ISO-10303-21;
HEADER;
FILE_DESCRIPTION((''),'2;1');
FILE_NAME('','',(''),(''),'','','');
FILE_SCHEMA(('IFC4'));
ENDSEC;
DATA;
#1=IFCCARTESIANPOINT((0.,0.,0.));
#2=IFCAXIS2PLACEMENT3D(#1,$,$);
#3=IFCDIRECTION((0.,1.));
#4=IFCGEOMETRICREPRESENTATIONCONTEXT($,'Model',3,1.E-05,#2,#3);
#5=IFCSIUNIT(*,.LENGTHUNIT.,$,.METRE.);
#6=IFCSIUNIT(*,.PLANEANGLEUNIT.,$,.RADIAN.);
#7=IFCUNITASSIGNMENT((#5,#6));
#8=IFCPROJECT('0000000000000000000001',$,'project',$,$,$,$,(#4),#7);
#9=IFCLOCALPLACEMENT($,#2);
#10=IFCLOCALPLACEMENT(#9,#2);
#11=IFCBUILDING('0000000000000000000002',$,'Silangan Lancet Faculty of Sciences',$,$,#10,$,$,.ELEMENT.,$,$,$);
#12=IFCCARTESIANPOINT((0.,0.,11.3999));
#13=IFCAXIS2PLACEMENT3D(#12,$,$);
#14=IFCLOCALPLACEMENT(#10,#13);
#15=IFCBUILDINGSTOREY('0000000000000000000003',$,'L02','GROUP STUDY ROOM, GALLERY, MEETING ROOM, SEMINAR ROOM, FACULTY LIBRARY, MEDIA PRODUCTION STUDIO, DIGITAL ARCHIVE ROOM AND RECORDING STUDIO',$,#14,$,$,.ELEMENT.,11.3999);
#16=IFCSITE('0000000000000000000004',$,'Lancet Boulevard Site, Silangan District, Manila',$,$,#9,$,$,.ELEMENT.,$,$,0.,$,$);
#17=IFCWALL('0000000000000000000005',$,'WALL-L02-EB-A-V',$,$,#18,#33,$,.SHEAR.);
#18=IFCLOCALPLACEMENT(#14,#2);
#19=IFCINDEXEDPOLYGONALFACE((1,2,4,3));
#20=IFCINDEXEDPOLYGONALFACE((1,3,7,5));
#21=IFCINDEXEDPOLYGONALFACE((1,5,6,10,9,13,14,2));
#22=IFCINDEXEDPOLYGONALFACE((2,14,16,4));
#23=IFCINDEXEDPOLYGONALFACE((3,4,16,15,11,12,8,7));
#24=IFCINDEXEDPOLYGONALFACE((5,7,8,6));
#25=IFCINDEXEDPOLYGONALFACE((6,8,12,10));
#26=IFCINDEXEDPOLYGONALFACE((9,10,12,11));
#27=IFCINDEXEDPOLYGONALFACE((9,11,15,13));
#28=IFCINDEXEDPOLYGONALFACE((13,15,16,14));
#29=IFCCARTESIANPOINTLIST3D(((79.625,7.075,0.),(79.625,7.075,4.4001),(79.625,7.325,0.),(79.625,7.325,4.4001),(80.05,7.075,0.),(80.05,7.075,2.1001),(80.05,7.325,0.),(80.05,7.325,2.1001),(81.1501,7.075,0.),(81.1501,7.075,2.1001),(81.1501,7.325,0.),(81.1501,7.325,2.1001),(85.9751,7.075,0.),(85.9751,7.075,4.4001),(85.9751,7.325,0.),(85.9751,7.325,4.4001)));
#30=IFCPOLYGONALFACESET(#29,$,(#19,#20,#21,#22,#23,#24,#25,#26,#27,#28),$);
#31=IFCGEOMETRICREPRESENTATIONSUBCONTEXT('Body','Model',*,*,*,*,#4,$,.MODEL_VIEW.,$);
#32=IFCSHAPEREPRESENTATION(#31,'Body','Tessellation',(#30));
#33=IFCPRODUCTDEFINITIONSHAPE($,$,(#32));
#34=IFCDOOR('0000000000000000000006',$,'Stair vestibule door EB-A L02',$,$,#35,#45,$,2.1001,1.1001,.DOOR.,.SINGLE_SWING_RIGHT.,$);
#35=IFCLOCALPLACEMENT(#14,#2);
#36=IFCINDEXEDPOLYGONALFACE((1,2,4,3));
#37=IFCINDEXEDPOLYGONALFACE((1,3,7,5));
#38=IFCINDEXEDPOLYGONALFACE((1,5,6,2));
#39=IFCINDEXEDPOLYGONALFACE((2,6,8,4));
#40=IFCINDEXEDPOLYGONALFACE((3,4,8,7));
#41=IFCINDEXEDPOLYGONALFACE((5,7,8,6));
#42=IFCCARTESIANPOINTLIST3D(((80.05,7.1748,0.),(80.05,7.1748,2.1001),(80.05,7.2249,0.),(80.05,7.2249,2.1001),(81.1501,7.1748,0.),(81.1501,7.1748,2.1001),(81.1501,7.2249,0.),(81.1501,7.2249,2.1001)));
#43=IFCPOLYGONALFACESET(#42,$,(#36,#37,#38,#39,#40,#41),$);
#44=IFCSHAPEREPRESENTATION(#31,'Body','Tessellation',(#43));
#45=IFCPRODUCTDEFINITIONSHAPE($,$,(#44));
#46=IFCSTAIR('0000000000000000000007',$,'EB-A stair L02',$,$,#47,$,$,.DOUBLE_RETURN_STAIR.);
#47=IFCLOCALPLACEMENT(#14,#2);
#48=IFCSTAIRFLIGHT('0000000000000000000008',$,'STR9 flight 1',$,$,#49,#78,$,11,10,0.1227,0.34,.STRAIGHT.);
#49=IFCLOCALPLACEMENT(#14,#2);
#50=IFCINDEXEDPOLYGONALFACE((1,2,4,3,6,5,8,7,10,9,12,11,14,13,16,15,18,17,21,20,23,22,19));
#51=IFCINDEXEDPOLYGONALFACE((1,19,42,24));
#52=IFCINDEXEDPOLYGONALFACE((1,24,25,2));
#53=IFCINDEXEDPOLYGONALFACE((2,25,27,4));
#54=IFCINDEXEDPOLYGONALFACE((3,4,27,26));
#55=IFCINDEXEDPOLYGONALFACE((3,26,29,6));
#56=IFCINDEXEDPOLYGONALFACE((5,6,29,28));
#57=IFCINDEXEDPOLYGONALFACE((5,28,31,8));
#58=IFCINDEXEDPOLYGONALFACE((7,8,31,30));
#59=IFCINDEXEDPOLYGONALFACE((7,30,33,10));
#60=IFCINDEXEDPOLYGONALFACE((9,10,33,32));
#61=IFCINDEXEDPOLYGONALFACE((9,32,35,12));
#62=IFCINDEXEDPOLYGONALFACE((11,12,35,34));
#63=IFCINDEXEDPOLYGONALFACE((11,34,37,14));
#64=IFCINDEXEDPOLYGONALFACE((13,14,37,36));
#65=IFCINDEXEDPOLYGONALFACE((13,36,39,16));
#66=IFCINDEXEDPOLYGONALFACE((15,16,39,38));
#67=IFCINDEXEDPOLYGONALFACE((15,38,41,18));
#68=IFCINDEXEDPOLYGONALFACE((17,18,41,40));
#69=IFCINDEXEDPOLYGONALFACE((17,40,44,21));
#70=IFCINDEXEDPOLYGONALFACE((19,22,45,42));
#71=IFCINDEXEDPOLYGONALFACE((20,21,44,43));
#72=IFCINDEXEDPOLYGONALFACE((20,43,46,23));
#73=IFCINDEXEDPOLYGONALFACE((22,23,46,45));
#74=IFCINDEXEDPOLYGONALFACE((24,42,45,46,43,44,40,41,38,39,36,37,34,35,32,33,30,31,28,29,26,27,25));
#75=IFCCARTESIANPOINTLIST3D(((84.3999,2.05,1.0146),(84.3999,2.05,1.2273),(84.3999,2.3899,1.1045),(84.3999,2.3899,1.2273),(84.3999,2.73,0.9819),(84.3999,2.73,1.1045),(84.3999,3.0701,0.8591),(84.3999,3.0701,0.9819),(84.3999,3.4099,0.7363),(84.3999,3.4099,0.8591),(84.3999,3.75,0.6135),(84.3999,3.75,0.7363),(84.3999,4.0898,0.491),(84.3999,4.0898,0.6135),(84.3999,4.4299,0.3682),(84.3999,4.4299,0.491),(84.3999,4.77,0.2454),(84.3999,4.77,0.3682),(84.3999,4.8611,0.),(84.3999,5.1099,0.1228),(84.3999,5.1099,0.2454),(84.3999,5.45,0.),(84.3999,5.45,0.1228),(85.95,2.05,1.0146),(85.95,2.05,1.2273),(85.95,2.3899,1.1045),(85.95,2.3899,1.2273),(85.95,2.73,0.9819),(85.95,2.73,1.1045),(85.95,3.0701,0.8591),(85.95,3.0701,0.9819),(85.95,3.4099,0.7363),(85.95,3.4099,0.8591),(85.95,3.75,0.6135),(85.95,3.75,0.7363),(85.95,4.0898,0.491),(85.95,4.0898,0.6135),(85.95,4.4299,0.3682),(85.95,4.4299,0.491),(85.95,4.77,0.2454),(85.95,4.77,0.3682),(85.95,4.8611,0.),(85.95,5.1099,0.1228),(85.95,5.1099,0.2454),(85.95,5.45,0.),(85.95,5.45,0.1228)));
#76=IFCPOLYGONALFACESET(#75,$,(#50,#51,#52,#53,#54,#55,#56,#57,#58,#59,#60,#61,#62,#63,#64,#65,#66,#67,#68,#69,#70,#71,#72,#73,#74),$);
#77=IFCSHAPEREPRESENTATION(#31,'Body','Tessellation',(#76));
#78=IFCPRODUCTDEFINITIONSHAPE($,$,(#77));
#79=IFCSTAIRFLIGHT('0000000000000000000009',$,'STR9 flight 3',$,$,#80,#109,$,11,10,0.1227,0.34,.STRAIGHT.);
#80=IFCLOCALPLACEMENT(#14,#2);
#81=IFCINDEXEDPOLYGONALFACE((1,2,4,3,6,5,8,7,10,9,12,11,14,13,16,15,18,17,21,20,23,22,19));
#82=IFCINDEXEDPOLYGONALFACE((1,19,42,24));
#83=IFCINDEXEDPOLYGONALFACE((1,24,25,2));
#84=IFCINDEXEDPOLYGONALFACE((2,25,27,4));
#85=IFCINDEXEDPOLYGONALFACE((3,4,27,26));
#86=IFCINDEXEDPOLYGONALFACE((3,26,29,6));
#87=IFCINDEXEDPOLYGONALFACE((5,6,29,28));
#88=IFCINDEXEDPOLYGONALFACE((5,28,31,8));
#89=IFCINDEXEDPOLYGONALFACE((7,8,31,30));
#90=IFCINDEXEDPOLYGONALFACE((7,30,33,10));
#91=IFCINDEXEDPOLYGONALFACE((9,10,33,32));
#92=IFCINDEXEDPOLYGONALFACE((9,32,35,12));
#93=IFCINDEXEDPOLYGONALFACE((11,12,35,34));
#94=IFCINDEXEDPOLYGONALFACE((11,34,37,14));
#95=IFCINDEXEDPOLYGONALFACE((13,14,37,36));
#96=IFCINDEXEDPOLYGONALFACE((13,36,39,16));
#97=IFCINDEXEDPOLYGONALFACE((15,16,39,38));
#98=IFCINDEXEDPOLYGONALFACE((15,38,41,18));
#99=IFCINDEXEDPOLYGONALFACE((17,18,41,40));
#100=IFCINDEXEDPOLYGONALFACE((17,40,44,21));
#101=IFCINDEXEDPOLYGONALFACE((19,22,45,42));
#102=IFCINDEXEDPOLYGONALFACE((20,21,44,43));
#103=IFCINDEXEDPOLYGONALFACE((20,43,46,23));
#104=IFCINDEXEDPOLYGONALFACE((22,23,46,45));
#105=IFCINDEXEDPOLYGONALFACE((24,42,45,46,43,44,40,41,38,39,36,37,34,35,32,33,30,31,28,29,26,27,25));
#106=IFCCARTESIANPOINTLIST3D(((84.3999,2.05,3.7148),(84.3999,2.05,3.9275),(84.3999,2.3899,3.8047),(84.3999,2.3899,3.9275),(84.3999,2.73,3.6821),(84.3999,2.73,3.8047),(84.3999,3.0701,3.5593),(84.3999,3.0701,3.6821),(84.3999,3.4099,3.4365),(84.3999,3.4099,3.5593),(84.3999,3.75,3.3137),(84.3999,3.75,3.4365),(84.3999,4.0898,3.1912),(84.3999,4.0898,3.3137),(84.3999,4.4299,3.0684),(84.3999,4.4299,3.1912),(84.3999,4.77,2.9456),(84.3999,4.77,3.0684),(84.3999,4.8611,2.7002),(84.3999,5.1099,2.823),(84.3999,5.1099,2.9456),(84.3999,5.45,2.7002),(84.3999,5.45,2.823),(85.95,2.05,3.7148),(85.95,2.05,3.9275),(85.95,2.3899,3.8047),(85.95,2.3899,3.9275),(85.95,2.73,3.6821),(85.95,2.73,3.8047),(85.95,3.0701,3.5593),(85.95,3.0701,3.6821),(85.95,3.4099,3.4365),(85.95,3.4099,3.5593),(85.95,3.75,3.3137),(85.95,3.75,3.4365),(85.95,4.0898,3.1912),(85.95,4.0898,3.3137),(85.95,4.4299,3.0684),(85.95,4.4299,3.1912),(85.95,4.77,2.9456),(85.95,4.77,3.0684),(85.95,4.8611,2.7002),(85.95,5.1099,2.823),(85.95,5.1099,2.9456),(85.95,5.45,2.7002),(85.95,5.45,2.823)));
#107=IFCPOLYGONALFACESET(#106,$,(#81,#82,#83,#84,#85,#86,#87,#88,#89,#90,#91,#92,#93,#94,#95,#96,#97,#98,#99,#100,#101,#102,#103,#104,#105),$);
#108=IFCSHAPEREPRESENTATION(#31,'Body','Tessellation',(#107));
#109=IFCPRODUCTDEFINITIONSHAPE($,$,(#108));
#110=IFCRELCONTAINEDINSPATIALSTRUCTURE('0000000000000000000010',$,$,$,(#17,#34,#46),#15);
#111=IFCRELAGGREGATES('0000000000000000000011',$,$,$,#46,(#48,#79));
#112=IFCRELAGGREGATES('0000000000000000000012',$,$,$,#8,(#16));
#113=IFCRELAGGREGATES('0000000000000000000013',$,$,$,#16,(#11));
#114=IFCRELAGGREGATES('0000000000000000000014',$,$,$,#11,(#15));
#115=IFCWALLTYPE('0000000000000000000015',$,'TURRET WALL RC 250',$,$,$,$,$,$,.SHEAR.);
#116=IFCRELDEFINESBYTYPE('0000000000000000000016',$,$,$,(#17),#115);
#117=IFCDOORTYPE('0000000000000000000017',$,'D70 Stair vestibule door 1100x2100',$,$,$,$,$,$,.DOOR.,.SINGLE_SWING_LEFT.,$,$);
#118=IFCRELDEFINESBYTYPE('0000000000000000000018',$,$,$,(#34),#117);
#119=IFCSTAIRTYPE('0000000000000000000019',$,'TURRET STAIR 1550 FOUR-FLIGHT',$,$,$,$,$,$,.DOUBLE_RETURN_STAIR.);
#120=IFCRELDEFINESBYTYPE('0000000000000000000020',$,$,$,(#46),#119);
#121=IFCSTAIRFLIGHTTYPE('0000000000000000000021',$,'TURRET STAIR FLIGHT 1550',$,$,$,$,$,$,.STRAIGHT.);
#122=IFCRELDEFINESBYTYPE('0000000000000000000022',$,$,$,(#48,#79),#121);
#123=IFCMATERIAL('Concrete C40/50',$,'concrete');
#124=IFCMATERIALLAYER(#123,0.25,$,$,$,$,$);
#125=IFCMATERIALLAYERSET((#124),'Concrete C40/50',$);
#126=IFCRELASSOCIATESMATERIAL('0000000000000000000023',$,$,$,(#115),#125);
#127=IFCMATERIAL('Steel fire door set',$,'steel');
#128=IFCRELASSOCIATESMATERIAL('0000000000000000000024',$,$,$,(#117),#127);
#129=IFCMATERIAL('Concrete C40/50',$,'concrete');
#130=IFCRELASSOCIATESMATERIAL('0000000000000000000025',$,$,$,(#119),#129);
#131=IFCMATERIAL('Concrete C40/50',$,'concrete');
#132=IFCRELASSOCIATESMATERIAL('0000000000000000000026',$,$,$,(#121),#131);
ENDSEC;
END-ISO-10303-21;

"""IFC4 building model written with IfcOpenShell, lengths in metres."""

from ifc_helpers import new_model, si_unit, direction, frame, frame_2d, origin, place, context, subcontext, project, spatial, polyline, rectangle, outline, extrude, material, layer, layer_set, type_object, element, fill, aggregate, save


model = new_model("IFC4")

# Units and contexts
model_context = context("Model", 3, precision=1e-05, world=origin(), true_north=direction((0.0, 1.0)))
body_context = subcontext(model_context, "Body", "Model", "MODEL_VIEW")
ifc_project = project(units=[si_unit("LENGTHUNIT", "METRE"), si_unit("PLANEANGLEUNIT", "RADIAN")], contexts=[model_context])

# Site, building, storey
site_placement = place(None, origin())
site = spatial("IfcSite", under=ifc_project, at=site_placement, Name="Lancet Boulevard Site, Silangan District, Manila", CompositionType="ELEMENT", RefElevation=0.0)
building_placement = place(site_placement, origin())
building = spatial("IfcBuilding", under=site, at=building_placement, Name="Silangan Lancet Faculty of Sciences", CompositionType="ELEMENT")
storey_placement = place(building_placement, frame((0.0, 0.0, 11.3999)))
storey = spatial("IfcBuildingStorey", under=building, at=storey_placement, Name="L02", Description="GROUP STUDY ROOM, GALLERY, MEETING ROOM, SEMINAR ROOM, FACULTY LIBRARY, MEDIA PRODUCTION STUDIO, DIGITAL ARCHIVE ROOM AND RECORDING STUDIO", CompositionType="ELEMENT", Elevation=11.3999)

# Wall, opening, door
ifc_material_1 = material(Name="Concrete C40/50", Category="concrete")
ifc_layer_1 = layer(ifc_material_1, 0.25)
ifc_layer_set_1 = layer_set([ifc_layer_1], Name="Concrete C40/50")
wall_type_1 = type_object("IfcWallType", Name="TURRET WALL RC 250", PredefinedType="SHEAR", material=ifc_layer_set_1)
wall_1_placement = place(storey_placement, frame((79.625, 7.2, 0.0), z_axis=(0.0, 0.0, 1.0), x_axis=(1.0, 0.0, 0.0)))
wall_1 = element("IfcWall", 1, at=wall_1_placement, inside=storey, type_object=wall_type_1, Name="WALL-L02-EB-A-V", PredefinedType="SHEAR", context=body_context, shape_type="SweptSolid", body=[
    extrude(rectangle(XDim=6.3501, YDim=0.25, at=frame_2d((3.175, 0.0))), origin(), (0.0, 0.0, 1.0), 4.4001),
])
opening_1_placement = place(wall_1_placement, frame((0.425, 0.0, 0.0)))
opening_1 = element("IfcOpeningElement", 2, at=opening_1_placement, cuts=wall_1, PredefinedType="OPENING", context=body_context, shape_type="SweptSolid", body=[
    extrude(rectangle(XDim=1.1001, YDim=2.1001, at=frame_2d((0.55, 1.05))), frame((0.0, 0.135, 0.0), z_axis=(0.0, -1.0, 0.0), x_axis=(1.0, 0.0, 0.0)), (0.0, 0.0, 1.0), 0.27),
])
ifc_material_2 = material(Name="Steel fire door set", Category="steel")
door_type_1 = type_object("IfcDoorType", Name="D70 Stair vestibule door 1100x2100", OperationType="SINGLE_SWING_LEFT", PredefinedType="DOOR", material=ifc_material_2)
door_1_placement = place(opening_1_placement, frame((1.1001, 0.0, 0.0), z_axis=(0.0, 0.0, 1.0), x_axis=(-1.0, 0.0, 0.0)))
door_1 = element("IfcDoor", 3, at=door_1_placement, inside=storey, type_object=door_type_1, Name="Stair vestibule door EB-A L02", OperationType="SINGLE_SWING_RIGHT", OverallHeight=2.1001, OverallWidth=1.1001, PredefinedType="DOOR", context=body_context, shape_type="SweptSolid", body=[
    extrude(rectangle(XDim=1.1001, YDim=2.1001, at=frame_2d((0.55, 1.05))), frame((0.0, 0.0251, 0.0), z_axis=(0.0, -1.0, 0.0), x_axis=(1.0, 0.0, 0.0)), (0.0, 0.0, 1.0), 0.05),
])
fill(opening_1, door_1)

# Stair, stair flights
ifc_material_3 = material(Name="Concrete C40/50", Category="concrete")
stair_type = type_object("IfcStairType", Name="TURRET STAIR 1550 FOUR-FLIGHT", PredefinedType="DOUBLE_RETURN_STAIR", material=ifc_material_3)
stair_placement = place(storey_placement, origin())
stair = element("IfcStair", 4, at=stair_placement, inside=storey, type_object=stair_type, Name="EB-A stair L02", PredefinedType="DOUBLE_RETURN_STAIR")
ifc_material_4 = material(Name="Concrete C40/50", Category="concrete")
stair_flight_type = type_object("IfcStairFlightType", Name="TURRET STAIR FLIGHT 1550", PredefinedType="STRAIGHT", material=ifc_material_4)
stair_flight_1_placement = place(storey_placement, frame((85.175, 5.45, 0.0), z_axis=(0.0, 0.0, 1.0), x_axis=(0.0, -1.0, 0.0)))
stair_flight_1 = element("IfcStairFlight", 5, at=stair_flight_1_placement, type_object=stair_flight_type, Name="STR9 flight 1", NumberOfRisers=11, NumberOfTreads=10, PredefinedType="STRAIGHT", RiserHeight=0.1227, TreadLength=0.34, context=body_context, shape_type="SweptSolid", body=[
    extrude(outline(polyline([(0.0, 0.0), (0.0, 0.1228), (0.3401, 0.1228), (0.3401, 0.2454), (0.6799, 0.2454), (0.6799, 0.3682), (1.02, 0.3682), (1.02, 0.491), (1.3601, 0.491), (1.3601, 0.6135), (1.7, 0.6135), (1.7, 0.7363), (2.04, 0.7363), (2.04, 0.8591), (2.3799, 0.8591), (2.3799, 0.9819), (2.72, 0.9819), (2.72, 1.1045), (3.0601, 1.1045), (3.0601, 1.2273), (3.3999, 1.2273), (3.3999, 1.3501), (3.3999, 1.0146), (0.5889, 0.0), (0.0, 0.0)])), frame((0.0, 0.7749, 0.0), z_axis=(0.0, -1.0, 0.0), x_axis=(1.0, 0.0, 0.0)), (0.0, 0.0, 1.0), 1.55),
])
stair_flight_2_placement = place(storey_placement, frame((85.175, 5.45, 2.7002), z_axis=(0.0, 0.0, 1.0), x_axis=(0.0, -1.0, 0.0)))
stair_flight_2 = element("IfcStairFlight", 6, at=stair_flight_2_placement, type_object=stair_flight_type, Name="STR9 flight 3", NumberOfRisers=11, NumberOfTreads=10, PredefinedType="STRAIGHT", RiserHeight=0.1227, TreadLength=0.34, context=body_context, shape_type="SweptSolid", body=[
    extrude(outline(polyline([(0.0, 0.0), (0.0, 0.1228), (0.3401, 0.1228), (0.3401, 0.2454), (0.6799, 0.2454), (0.6799, 0.3682), (1.02, 0.3682), (1.02, 0.491), (1.3601, 0.491), (1.3601, 0.6135), (1.7, 0.6135), (1.7, 0.7363), (2.04, 0.7363), (2.04, 0.8591), (2.3799, 0.8591), (2.3799, 0.9819), (2.72, 0.9819), (2.72, 1.1045), (3.0601, 1.1045), (3.0601, 1.2273), (3.3999, 1.2273), (3.3999, 1.3501), (3.3999, 1.0146), (0.5889, 0.0), (0.0, 0.0)])), frame((0.0, 0.7749, 0.0), z_axis=(0.0, -1.0, 0.0), x_axis=(1.0, 0.0, 0.0)), (0.0, 0.0, 1.0), 1.55),
])
aggregate(stair, [stair_flight_1, stair_flight_2])

save(model, "model.ifc")
